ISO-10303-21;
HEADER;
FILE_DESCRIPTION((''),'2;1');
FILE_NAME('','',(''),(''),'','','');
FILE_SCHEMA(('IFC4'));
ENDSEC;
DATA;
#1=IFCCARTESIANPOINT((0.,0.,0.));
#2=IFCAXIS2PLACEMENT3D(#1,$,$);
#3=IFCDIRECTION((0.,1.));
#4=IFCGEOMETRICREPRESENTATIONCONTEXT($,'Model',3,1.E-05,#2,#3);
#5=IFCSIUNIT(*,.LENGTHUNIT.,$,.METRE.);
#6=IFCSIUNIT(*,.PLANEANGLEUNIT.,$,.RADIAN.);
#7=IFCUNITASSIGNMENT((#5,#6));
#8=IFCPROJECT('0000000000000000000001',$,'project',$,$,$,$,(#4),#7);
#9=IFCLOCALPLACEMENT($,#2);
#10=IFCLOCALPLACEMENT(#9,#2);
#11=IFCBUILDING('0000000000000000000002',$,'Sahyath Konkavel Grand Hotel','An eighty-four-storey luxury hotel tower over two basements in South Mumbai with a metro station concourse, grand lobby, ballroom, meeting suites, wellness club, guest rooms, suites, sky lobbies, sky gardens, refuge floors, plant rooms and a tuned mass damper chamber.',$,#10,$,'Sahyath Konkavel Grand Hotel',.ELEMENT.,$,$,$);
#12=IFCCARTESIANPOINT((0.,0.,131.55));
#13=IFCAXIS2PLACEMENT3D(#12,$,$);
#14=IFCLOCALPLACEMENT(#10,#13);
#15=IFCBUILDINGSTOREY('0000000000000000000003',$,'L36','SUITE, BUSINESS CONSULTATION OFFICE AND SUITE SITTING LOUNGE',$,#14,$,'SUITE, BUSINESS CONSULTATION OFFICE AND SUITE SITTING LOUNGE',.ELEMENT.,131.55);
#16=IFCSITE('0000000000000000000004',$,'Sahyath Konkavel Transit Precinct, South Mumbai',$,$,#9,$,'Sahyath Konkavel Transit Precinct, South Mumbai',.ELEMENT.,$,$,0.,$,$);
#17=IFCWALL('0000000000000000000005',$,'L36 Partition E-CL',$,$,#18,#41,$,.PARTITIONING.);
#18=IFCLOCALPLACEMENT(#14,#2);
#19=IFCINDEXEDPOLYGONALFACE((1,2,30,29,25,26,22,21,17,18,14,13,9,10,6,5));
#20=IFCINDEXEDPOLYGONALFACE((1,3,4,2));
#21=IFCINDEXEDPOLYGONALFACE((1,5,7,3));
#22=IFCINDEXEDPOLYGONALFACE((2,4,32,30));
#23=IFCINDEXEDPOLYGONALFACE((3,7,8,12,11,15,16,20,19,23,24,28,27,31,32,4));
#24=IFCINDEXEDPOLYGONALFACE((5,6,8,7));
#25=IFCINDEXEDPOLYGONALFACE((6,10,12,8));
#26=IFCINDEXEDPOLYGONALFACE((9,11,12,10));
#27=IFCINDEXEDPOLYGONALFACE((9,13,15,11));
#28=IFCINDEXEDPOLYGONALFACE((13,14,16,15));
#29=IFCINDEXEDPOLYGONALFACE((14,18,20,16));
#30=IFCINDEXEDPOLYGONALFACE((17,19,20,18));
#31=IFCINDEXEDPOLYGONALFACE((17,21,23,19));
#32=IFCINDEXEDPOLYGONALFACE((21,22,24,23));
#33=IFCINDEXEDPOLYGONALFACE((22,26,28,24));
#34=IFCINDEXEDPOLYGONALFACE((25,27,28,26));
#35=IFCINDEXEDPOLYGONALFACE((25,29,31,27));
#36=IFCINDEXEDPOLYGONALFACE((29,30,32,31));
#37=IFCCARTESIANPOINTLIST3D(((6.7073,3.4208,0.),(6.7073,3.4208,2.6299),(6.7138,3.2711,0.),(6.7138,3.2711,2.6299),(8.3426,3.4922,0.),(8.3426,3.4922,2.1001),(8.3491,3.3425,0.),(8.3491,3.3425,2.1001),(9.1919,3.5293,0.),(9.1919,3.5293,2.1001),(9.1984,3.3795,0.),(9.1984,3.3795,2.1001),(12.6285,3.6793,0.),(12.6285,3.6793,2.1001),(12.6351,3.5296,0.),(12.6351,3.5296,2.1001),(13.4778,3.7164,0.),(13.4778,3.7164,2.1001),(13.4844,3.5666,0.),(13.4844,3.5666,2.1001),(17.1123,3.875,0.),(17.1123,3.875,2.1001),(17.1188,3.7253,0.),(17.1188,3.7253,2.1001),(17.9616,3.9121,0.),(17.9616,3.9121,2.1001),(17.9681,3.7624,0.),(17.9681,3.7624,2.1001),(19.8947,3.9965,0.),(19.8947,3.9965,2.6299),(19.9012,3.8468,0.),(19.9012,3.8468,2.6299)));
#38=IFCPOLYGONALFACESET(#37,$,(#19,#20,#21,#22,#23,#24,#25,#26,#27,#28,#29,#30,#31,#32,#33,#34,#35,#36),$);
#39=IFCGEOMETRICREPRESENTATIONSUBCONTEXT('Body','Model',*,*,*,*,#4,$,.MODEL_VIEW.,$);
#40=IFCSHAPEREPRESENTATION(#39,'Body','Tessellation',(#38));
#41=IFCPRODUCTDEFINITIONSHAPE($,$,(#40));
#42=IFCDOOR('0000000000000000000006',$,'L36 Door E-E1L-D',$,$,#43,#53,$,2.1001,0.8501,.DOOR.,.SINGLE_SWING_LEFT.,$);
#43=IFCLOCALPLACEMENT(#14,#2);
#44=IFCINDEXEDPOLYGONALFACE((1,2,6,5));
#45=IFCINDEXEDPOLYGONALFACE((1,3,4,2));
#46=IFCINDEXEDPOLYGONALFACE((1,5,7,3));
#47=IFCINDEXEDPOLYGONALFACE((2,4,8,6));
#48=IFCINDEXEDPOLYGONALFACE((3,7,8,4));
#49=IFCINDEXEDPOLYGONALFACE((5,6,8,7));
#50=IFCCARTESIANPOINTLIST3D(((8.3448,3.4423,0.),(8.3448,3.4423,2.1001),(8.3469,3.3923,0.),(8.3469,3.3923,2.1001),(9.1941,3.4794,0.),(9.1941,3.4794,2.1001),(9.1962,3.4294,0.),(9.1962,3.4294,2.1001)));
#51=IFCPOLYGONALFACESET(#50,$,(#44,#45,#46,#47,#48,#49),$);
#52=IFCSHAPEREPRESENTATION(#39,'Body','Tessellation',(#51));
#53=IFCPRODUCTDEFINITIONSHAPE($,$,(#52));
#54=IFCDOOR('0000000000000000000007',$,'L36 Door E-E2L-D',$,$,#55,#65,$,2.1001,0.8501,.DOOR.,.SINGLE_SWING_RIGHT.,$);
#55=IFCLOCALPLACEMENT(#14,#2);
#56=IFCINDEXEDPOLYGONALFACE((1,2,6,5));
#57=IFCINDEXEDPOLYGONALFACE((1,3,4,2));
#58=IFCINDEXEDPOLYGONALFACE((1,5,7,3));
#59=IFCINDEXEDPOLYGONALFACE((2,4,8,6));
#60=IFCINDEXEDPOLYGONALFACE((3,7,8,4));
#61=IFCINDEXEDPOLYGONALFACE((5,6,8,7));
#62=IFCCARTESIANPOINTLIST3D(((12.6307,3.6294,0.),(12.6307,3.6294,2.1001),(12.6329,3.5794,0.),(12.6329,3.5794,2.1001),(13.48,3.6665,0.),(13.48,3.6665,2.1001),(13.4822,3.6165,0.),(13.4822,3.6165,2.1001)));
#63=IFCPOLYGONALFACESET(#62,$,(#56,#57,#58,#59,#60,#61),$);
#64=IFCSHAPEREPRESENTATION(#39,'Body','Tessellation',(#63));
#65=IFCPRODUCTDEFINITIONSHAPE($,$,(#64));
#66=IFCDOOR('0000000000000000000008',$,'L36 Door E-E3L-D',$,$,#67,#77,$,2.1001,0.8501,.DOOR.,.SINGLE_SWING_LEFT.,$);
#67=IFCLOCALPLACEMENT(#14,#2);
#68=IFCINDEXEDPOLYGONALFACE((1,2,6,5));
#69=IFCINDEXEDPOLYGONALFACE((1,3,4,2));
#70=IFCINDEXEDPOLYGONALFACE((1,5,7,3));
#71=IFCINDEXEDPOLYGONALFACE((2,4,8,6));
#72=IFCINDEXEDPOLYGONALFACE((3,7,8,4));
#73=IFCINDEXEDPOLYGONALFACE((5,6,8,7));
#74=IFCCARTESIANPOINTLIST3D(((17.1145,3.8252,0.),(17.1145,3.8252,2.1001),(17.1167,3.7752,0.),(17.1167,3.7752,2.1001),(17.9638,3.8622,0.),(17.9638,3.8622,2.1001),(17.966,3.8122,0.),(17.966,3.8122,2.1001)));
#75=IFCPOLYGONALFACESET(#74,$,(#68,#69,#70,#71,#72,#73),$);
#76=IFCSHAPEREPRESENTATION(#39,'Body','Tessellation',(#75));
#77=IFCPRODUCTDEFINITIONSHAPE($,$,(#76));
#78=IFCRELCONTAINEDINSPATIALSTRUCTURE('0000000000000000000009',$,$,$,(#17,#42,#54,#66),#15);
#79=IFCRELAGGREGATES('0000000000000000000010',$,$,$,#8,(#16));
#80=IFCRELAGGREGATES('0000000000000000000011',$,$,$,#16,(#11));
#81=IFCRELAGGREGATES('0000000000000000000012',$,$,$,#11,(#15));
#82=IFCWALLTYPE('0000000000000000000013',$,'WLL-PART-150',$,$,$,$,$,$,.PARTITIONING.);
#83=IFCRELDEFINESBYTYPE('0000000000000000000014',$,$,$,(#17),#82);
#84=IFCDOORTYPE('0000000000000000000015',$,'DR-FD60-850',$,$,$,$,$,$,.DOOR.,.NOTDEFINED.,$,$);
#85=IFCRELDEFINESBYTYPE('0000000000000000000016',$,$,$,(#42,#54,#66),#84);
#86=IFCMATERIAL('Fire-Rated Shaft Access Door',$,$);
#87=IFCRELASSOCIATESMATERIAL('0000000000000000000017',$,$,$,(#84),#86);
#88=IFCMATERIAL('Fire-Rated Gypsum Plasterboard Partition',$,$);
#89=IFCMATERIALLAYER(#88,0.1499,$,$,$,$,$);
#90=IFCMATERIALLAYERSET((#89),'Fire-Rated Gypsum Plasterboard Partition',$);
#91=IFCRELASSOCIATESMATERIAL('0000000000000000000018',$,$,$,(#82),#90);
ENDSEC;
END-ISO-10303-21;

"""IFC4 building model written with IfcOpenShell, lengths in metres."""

from ifc_helpers import new_model, si_unit, direction, frame, frame_2d, origin, origin_2d, place, context, subcontext, project, spatial, rectangle, extrude, source, transform, mapped, material, layer, layer_set, type_object, element, fill, save


model = new_model("IFC4")

# Units and contexts
model_context = context("Model", 3, precision=1e-05, world=origin(), true_north=direction((0.0, 1.0)))
body_context = subcontext(model_context, "Body", "Model", "MODEL_VIEW")
ifc_project = project(units=[si_unit("LENGTHUNIT", "METRE"), si_unit("PLANEANGLEUNIT", "RADIAN")], contexts=[model_context])

# Site, building, storey
site_placement = place(None, origin())
site = spatial("IfcSite", under=ifc_project, at=site_placement, Name="Sahyath Konkavel Transit Precinct, South Mumbai", LongName="Sahyath Konkavel Transit Precinct, South Mumbai", CompositionType="ELEMENT", RefElevation=0.0)
building_placement = place(site_placement, origin())
building = spatial("IfcBuilding", under=site, at=building_placement, Name="Sahyath Konkavel Grand Hotel", Description="An eighty-four-storey luxury hotel tower over two basements in South Mumbai with a metro station concourse, grand lobby, ballroom, meeting suites, wellness club, guest rooms, suites, sky lobbies, sky gardens, refuge floors, plant rooms and a tuned mass damper chamber.", LongName="Sahyath Konkavel Grand Hotel", CompositionType="ELEMENT")
storey_placement = place(building_placement, frame((0.0, 0.0, 131.55)))
storey = spatial("IfcBuildingStorey", under=building, at=storey_placement, Name="L36", Description="SUITE, BUSINESS CONSULTATION OFFICE AND SUITE SITTING LOUNGE", LongName="SUITE, BUSINESS CONSULTATION OFFICE AND SUITE SITTING LOUNGE", CompositionType="ELEMENT", Elevation=131.55)

# Shared definitions
shared_shape_1 = source(origin(), body_context, "Body", "SweptSolid", [
    extrude(rectangle(XDim=0.8501, YDim=0.05, at=origin_2d()), origin(), (0.0, 0.0, 1.0), 2.1001),
])

# Shared definitions
ifc_material_1 = material(Name="Fire-Rated Shaft Access Door")
door_type_1 = type_object("IfcDoorType", Name="DR-FD60-850", OperationType="NOTDEFINED", PredefinedType="DOOR", material=ifc_material_1)

# Shared definitions
ifc_material_2 = material(Name="Fire-Rated Gypsum Plasterboard Partition")
ifc_layer_1 = layer(ifc_material_2, 0.1499)
ifc_layer_set_1 = layer_set([ifc_layer_1], Name="Fire-Rated Gypsum Plasterboard Partition")
wall_type_1 = type_object("IfcWallType", Name="WLL-PART-150", PredefinedType="PARTITIONING", material=ifc_layer_set_1)

# Wall, openings, doors
wall_1_placement = place(storey_placement, frame((6.7104, 3.3459, 0.0), z_axis=(0.0, 0.0, 1.0), x_axis=(0.999049, 0.043612, 0.0)))
wall_1 = element("IfcWall", 1, at=wall_1_placement, inside=storey, type_object=wall_type_1, Name="L36 Partition E-CL", PredefinedType="PARTITIONING", context=body_context, shape_type="SweptSolid", body=[
    extrude(rectangle(XDim=13.2, YDim=0.1499, at=frame_2d((6.6001, 0.0))), origin(), (0.0, 0.0, 1.0), 2.6299),
])
opening_1_placement = place(wall_1_placement, frame((1.637, 0.0, 0.0)))
opening_1 = element("IfcOpeningElement", 2, at=opening_1_placement, cuts=wall_1, PredefinedType="OPENING", context=body_context, shape_type="SweptSolid", body=[
    extrude(rectangle(XDim=0.8501, YDim=2.1001, at=frame_2d((0.425, 1.05))), frame((0.0, 0.085, 0.0), z_axis=(0.0, -1.0, 0.0), x_axis=(1.0, 0.0, 0.0)), (0.0, 0.0, 1.0), 0.1699),
])
opening_2_placement = place(wall_1_placement, frame((5.927, 0.0, 0.0)))
opening_2 = element("IfcOpeningElement", 3, at=opening_2_placement, cuts=wall_1, PredefinedType="OPENING", context=body_context, shape_type="SweptSolid", body=[
    extrude(rectangle(XDim=0.8501, YDim=2.1001, at=frame_2d((0.425, 1.05))), frame((0.0, 0.085, 0.0), z_axis=(0.0, -1.0, 0.0), x_axis=(1.0, 0.0, 0.0)), (0.0, 0.0, 1.0), 0.1699),
])
opening_3_placement = place(wall_1_placement, frame((10.415, 0.0, 0.0)))
opening_3 = element("IfcOpeningElement", 4, at=opening_3_placement, cuts=wall_1, PredefinedType="OPENING", context=body_context, shape_type="SweptSolid", body=[
    extrude(rectangle(XDim=0.8501, YDim=2.1001, at=frame_2d((0.425, 1.05))), frame((0.0, 0.085, 0.0), z_axis=(0.0, -1.0, 0.0), x_axis=(1.0, 0.0, 0.0)), (0.0, 0.0, 1.0), 0.1699),
])
door_1_placement = place(opening_1_placement, frame((0.425, 0.0, 0.0)))
door_1 = element("IfcDoor", 5, at=door_1_placement, inside=storey, type_object=door_type_1, Name="L36 Door E-E1L-D", OperationType="SINGLE_SWING_LEFT", OverallHeight=2.1001, OverallWidth=0.8501, PredefinedType="DOOR", context=body_context, shape_type="MappedRepresentation", body=[
    mapped(shared_shape_1, transform((0.0, 0.0, 0.0), scale=1.0)),
])
fill(opening_1, door_1)
door_2_placement = place(opening_2_placement, frame((0.425, 0.0, 0.0)))
door_2 = element("IfcDoor", 6, at=door_2_placement, inside=storey, type_object=door_type_1, Name="L36 Door E-E2L-D", OperationType="SINGLE_SWING_RIGHT", OverallHeight=2.1001, OverallWidth=0.8501, PredefinedType="DOOR", context=body_context, shape_type="MappedRepresentation", body=[
    mapped(shared_shape_1, transform((0.0, 0.0, 0.0), scale=1.0)),
])
fill(opening_2, door_2)
door_3_placement = place(opening_3_placement, frame((0.425, 0.0, 0.0)))
door_3 = element("IfcDoor", 7, at=door_3_placement, inside=storey, type_object=door_type_1, Name="L36 Door E-E3L-D", OperationType="SINGLE_SWING_LEFT", OverallHeight=2.1001, OverallWidth=0.8501, PredefinedType="DOOR", context=body_context, shape_type="MappedRepresentation", body=[
    mapped(shared_shape_1, transform((0.0, 0.0, 0.0), scale=1.0)),
])
fill(opening_3, door_3)

save(model, "model.ifc")
